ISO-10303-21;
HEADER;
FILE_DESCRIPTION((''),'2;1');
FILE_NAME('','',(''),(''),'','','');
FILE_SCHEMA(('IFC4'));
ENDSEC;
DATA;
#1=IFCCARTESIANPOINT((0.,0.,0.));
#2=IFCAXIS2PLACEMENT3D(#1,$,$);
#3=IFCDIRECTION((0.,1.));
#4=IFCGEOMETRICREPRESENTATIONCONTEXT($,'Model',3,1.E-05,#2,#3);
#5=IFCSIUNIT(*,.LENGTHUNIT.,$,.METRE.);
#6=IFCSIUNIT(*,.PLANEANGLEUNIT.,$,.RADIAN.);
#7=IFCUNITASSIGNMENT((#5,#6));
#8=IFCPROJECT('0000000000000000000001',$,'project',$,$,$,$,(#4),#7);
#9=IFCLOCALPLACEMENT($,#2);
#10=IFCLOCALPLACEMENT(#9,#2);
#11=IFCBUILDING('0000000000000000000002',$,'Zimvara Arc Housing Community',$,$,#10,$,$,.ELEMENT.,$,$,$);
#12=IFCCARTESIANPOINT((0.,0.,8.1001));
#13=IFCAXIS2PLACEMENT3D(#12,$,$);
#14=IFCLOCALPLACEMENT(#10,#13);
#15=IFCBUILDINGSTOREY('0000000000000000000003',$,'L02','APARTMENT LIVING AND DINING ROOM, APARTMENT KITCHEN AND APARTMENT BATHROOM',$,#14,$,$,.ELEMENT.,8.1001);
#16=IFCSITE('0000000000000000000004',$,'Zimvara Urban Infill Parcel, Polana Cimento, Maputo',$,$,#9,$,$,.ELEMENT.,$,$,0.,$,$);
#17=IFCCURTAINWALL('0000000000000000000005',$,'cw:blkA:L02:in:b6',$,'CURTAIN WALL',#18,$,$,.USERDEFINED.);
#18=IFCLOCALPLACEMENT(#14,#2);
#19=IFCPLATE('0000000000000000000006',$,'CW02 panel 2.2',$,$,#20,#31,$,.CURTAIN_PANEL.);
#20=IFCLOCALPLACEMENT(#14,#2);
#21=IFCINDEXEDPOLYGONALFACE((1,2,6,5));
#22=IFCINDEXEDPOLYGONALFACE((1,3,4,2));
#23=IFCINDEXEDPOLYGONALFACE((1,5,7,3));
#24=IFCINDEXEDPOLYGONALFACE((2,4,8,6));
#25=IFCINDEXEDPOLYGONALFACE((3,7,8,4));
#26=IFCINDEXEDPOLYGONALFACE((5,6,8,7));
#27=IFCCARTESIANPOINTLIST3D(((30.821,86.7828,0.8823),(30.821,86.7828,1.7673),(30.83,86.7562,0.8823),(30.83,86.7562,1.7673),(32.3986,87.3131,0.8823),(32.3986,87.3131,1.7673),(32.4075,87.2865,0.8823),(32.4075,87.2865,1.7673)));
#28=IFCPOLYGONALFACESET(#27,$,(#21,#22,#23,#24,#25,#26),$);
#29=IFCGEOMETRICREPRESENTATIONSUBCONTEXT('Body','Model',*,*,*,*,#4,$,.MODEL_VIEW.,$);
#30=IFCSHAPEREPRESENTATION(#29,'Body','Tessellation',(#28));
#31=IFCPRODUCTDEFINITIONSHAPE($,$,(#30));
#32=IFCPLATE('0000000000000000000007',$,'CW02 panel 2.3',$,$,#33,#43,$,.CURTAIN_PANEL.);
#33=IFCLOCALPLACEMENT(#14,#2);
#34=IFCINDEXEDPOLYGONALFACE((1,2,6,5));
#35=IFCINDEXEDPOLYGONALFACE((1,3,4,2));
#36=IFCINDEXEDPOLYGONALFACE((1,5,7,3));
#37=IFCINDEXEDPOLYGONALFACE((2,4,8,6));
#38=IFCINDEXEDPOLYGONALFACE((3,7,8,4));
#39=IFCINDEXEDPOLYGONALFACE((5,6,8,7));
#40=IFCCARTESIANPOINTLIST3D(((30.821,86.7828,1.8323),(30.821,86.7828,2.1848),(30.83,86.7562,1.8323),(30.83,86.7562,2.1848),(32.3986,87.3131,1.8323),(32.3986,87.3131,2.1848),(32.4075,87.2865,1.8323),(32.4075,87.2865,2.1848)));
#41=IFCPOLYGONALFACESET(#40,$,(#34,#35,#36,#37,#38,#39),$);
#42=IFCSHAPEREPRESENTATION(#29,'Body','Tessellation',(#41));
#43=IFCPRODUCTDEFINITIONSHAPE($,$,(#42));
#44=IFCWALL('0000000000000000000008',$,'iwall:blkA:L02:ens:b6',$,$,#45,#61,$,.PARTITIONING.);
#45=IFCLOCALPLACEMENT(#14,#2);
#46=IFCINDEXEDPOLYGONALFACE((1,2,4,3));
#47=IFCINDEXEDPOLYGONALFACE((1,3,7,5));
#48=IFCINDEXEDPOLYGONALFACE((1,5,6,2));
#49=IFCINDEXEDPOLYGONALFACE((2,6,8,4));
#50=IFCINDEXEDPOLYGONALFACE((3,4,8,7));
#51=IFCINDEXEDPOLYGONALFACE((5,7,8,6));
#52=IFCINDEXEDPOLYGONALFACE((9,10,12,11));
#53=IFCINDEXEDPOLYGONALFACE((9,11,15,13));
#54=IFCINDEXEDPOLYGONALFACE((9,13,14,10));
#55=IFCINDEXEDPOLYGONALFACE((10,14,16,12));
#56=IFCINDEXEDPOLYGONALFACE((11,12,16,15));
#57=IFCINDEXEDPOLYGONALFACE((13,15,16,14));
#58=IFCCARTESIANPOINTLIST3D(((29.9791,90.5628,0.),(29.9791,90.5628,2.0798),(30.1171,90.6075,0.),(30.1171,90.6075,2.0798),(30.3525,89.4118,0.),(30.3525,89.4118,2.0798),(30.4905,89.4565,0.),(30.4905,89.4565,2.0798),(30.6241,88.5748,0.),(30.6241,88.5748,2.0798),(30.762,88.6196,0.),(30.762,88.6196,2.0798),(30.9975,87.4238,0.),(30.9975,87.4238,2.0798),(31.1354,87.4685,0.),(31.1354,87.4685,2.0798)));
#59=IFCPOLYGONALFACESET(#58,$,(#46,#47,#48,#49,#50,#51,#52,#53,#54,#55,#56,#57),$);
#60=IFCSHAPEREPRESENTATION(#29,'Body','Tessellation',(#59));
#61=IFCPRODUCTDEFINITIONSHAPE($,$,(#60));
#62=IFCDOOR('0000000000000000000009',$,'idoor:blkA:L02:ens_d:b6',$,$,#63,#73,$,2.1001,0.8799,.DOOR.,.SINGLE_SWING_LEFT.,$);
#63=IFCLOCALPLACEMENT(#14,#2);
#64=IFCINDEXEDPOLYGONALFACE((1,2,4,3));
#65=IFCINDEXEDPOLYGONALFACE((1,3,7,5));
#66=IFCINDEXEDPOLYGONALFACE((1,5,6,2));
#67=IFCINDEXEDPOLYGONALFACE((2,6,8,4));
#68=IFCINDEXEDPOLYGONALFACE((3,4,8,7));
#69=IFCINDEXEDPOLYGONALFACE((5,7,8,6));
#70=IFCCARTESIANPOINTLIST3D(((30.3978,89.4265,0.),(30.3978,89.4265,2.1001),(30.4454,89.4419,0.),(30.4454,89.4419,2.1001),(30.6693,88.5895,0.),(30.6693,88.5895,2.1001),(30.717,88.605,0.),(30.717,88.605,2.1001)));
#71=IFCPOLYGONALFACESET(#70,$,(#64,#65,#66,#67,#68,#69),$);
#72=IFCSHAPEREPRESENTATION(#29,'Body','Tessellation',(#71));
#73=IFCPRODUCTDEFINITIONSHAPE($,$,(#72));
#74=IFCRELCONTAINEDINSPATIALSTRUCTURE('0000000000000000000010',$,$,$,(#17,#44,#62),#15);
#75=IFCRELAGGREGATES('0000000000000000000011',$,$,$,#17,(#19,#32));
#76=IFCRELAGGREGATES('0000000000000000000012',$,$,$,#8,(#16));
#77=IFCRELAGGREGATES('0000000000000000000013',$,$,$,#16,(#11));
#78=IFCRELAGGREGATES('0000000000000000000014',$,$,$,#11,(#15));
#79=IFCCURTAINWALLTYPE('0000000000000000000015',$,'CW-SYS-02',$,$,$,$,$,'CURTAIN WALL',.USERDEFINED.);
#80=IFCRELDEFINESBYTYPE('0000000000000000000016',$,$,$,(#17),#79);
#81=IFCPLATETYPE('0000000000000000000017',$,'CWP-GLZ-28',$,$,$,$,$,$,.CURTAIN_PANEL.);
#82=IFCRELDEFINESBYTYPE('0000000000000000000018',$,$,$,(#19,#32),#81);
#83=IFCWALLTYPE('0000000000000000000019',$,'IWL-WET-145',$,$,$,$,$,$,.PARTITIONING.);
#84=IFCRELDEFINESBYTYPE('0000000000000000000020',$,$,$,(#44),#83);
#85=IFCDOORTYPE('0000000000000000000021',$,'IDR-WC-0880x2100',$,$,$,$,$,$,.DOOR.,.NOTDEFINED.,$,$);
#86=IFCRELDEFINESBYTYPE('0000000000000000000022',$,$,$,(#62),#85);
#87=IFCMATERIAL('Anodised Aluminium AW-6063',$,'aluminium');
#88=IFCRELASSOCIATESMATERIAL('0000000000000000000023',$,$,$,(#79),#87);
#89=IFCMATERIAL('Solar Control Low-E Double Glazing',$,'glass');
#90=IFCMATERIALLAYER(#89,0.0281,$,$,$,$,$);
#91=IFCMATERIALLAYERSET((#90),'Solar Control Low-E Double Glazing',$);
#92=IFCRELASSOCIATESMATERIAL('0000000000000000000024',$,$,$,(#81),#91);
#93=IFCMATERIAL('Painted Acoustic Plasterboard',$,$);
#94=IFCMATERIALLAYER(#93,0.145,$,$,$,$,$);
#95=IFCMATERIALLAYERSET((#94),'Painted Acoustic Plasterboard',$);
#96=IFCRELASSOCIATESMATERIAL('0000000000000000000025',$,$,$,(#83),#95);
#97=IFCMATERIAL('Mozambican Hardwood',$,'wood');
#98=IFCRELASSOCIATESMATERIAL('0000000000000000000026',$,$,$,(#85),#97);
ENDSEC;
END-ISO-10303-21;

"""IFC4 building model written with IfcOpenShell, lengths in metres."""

from ifc_helpers import new_model, si_unit, direction, frame, frame_2d, origin, origin_2d, place, context, subcontext, project, spatial, rectangle, extrude, material, layer, layer_set, type_object, element, fill, aggregate, save


model = new_model("IFC4")

# Units and contexts
model_context = context("Model", 3, precision=1e-05, world=origin(), true_north=direction((0.0, 1.0)))
body_context = subcontext(model_context, "Body", "Model", "MODEL_VIEW")
ifc_project = project(units=[si_unit("LENGTHUNIT", "METRE"), si_unit("PLANEANGLEUNIT", "RADIAN")], contexts=[model_context])

# Site, building, storey
site_placement = place(None, origin())
site = spatial("IfcSite", under=ifc_project, at=site_placement, Name="Zimvara Urban Infill Parcel, Polana Cimento, Maputo", CompositionType="ELEMENT", RefElevation=0.0)
building_placement = place(site_placement, origin())
building = spatial("IfcBuilding", under=site, at=building_placement, Name="Zimvara Arc Housing Community", CompositionType="ELEMENT")
storey_placement = place(building_placement, frame((0.0, 0.0, 8.1001)))
storey = spatial("IfcBuildingStorey", under=building, at=storey_placement, Name="L02", Description="APARTMENT LIVING AND DINING ROOM, APARTMENT KITCHEN AND APARTMENT BATHROOM", CompositionType="ELEMENT", Elevation=8.1001)

# Curtain wall
ifc_material_1 = material(Name="Anodised Aluminium AW-6063", Category="aluminium")
curtain_wall_type_1 = type_object("IfcCurtainWallType", Name="CW-SYS-02", ElementType="CURTAIN WALL", PredefinedType="USERDEFINED", material=ifc_material_1)
curtain_wall_1_placement = place(storey_placement, origin())
curtain_wall_1 = element("IfcCurtainWall", 1, at=curtain_wall_1_placement, inside=storey, type_object=curtain_wall_type_1, Name="cw:blkA:L02:in:b6", ObjectType="CURTAIN WALL", PredefinedType="USERDEFINED")

# Plates
ifc_material_2 = material(Name="Solar Control Low-E Double Glazing", Category="glass")
ifc_layer_1 = layer(ifc_material_2, 0.0281)
ifc_layer_set_1 = layer_set([ifc_layer_1], Name="Solar Control Low-E Double Glazing")
plate_type_1 = type_object("IfcPlateType", Name="CWP-GLZ-28", PredefinedType="CURTAIN_PANEL", material=ifc_layer_set_1)
plate_1_placement = place(storey_placement, frame((31.6143, 87.0347, 0.8823), z_axis=(0.0, 0.0, 1.0), x_axis=(0.947879, 0.31863, 0.0)))
plate_1 = element("IfcPlate", 2, at=plate_1_placement, type_object=plate_type_1, Name="CW02 panel 2.2", PredefinedType="CURTAIN_PANEL", context=body_context, shape_type="SweptSolid", body=[
    extrude(rectangle(XDim=1.6643, YDim=0.0281, at=origin_2d()), origin(), (0.0, 0.0, 1.0), 0.885),
])
plate_2_placement = place(storey_placement, frame((31.6143, 87.0347, 1.8323), z_axis=(0.0, 0.0, 1.0), x_axis=(0.947879, 0.31863, 0.0)))
plate_2 = element("IfcPlate", 3, at=plate_2_placement, type_object=plate_type_1, Name="CW02 panel 2.3", PredefinedType="CURTAIN_PANEL", context=body_context, shape_type="SweptSolid", body=[
    extrude(rectangle(XDim=1.6643, YDim=0.0281, at=origin_2d()), origin(), (0.0, 0.0, 1.0), 0.3525),
])
aggregate(curtain_wall_1, [plate_1, plate_2])

# Wall, opening, door
ifc_material_3 = material(Name="Painted Acoustic Plasterboard")
ifc_layer_2 = layer(ifc_material_3, 0.145)
ifc_layer_set_2 = layer_set([ifc_layer_2], Name="Painted Acoustic Plasterboard")
wall_type = type_object("IfcWallType", Name="IWL-WET-145", PredefinedType="PARTITIONING", material=ifc_layer_set_2)
wall_placement = place(storey_placement, frame((31.0664, 87.4463, 0.0), z_axis=(0.0, 0.0, 1.0), x_axis=(-0.308582, 0.951198, 0.0)))
wall = element("IfcWall", 4, at=wall_placement, inside=storey, type_object=wall_type, Name="iwall:blkA:L02:ens:b6", PredefinedType="PARTITIONING", context=body_context, shape_type="SweptSolid", body=[
    extrude(rectangle(XDim=3.3, YDim=0.145, at=frame_2d((1.6499, 0.0))), origin(), (0.0, 0.0, 1.0), 2.0798),
])
opening_placement = place(wall_placement, frame((1.21, 0.0, 0.0)))
opening = element("IfcOpeningElement", 5, at=opening_placement, cuts=wall, PredefinedType="OPENING", context=body_context, shape_type="SweptSolid", body=[
    extrude(rectangle(XDim=0.8799, YDim=2.1001, at=frame_2d((0.4399, 1.05))), frame((0.0, 0.0825, 0.0), z_axis=(0.0, -1.0, 0.0), x_axis=(1.0, 0.0, 0.0)), (0.0, 0.0, 1.0), 0.165),
])
ifc_material_4 = material(Name="Mozambican Hardwood", Category="wood")
door_type = type_object("IfcDoorType", Name="IDR-WC-0880x2100", OperationType="NOTDEFINED", PredefinedType="DOOR", material=ifc_material_4)
door_placement = place(opening_placement, origin())
door = element("IfcDoor", 6, at=door_placement, inside=storey, type_object=door_type, Name="idoor:blkA:L02:ens_d:b6", OperationType="SINGLE_SWING_LEFT", OverallHeight=2.1001, OverallWidth=0.8799, PredefinedType="DOOR", context=body_context, shape_type="SweptSolid", body=[
    extrude(rectangle(XDim=0.8799, YDim=2.1001, at=frame_2d((0.4399, 1.05))), frame((0.0, 0.0249, 0.0), z_axis=(0.0, -1.0, 0.0), x_axis=(1.0, 0.0, 0.0)), (0.0, 0.0, 1.0), 0.05),
])
fill(opening, door)

save(model, "model.ifc")
